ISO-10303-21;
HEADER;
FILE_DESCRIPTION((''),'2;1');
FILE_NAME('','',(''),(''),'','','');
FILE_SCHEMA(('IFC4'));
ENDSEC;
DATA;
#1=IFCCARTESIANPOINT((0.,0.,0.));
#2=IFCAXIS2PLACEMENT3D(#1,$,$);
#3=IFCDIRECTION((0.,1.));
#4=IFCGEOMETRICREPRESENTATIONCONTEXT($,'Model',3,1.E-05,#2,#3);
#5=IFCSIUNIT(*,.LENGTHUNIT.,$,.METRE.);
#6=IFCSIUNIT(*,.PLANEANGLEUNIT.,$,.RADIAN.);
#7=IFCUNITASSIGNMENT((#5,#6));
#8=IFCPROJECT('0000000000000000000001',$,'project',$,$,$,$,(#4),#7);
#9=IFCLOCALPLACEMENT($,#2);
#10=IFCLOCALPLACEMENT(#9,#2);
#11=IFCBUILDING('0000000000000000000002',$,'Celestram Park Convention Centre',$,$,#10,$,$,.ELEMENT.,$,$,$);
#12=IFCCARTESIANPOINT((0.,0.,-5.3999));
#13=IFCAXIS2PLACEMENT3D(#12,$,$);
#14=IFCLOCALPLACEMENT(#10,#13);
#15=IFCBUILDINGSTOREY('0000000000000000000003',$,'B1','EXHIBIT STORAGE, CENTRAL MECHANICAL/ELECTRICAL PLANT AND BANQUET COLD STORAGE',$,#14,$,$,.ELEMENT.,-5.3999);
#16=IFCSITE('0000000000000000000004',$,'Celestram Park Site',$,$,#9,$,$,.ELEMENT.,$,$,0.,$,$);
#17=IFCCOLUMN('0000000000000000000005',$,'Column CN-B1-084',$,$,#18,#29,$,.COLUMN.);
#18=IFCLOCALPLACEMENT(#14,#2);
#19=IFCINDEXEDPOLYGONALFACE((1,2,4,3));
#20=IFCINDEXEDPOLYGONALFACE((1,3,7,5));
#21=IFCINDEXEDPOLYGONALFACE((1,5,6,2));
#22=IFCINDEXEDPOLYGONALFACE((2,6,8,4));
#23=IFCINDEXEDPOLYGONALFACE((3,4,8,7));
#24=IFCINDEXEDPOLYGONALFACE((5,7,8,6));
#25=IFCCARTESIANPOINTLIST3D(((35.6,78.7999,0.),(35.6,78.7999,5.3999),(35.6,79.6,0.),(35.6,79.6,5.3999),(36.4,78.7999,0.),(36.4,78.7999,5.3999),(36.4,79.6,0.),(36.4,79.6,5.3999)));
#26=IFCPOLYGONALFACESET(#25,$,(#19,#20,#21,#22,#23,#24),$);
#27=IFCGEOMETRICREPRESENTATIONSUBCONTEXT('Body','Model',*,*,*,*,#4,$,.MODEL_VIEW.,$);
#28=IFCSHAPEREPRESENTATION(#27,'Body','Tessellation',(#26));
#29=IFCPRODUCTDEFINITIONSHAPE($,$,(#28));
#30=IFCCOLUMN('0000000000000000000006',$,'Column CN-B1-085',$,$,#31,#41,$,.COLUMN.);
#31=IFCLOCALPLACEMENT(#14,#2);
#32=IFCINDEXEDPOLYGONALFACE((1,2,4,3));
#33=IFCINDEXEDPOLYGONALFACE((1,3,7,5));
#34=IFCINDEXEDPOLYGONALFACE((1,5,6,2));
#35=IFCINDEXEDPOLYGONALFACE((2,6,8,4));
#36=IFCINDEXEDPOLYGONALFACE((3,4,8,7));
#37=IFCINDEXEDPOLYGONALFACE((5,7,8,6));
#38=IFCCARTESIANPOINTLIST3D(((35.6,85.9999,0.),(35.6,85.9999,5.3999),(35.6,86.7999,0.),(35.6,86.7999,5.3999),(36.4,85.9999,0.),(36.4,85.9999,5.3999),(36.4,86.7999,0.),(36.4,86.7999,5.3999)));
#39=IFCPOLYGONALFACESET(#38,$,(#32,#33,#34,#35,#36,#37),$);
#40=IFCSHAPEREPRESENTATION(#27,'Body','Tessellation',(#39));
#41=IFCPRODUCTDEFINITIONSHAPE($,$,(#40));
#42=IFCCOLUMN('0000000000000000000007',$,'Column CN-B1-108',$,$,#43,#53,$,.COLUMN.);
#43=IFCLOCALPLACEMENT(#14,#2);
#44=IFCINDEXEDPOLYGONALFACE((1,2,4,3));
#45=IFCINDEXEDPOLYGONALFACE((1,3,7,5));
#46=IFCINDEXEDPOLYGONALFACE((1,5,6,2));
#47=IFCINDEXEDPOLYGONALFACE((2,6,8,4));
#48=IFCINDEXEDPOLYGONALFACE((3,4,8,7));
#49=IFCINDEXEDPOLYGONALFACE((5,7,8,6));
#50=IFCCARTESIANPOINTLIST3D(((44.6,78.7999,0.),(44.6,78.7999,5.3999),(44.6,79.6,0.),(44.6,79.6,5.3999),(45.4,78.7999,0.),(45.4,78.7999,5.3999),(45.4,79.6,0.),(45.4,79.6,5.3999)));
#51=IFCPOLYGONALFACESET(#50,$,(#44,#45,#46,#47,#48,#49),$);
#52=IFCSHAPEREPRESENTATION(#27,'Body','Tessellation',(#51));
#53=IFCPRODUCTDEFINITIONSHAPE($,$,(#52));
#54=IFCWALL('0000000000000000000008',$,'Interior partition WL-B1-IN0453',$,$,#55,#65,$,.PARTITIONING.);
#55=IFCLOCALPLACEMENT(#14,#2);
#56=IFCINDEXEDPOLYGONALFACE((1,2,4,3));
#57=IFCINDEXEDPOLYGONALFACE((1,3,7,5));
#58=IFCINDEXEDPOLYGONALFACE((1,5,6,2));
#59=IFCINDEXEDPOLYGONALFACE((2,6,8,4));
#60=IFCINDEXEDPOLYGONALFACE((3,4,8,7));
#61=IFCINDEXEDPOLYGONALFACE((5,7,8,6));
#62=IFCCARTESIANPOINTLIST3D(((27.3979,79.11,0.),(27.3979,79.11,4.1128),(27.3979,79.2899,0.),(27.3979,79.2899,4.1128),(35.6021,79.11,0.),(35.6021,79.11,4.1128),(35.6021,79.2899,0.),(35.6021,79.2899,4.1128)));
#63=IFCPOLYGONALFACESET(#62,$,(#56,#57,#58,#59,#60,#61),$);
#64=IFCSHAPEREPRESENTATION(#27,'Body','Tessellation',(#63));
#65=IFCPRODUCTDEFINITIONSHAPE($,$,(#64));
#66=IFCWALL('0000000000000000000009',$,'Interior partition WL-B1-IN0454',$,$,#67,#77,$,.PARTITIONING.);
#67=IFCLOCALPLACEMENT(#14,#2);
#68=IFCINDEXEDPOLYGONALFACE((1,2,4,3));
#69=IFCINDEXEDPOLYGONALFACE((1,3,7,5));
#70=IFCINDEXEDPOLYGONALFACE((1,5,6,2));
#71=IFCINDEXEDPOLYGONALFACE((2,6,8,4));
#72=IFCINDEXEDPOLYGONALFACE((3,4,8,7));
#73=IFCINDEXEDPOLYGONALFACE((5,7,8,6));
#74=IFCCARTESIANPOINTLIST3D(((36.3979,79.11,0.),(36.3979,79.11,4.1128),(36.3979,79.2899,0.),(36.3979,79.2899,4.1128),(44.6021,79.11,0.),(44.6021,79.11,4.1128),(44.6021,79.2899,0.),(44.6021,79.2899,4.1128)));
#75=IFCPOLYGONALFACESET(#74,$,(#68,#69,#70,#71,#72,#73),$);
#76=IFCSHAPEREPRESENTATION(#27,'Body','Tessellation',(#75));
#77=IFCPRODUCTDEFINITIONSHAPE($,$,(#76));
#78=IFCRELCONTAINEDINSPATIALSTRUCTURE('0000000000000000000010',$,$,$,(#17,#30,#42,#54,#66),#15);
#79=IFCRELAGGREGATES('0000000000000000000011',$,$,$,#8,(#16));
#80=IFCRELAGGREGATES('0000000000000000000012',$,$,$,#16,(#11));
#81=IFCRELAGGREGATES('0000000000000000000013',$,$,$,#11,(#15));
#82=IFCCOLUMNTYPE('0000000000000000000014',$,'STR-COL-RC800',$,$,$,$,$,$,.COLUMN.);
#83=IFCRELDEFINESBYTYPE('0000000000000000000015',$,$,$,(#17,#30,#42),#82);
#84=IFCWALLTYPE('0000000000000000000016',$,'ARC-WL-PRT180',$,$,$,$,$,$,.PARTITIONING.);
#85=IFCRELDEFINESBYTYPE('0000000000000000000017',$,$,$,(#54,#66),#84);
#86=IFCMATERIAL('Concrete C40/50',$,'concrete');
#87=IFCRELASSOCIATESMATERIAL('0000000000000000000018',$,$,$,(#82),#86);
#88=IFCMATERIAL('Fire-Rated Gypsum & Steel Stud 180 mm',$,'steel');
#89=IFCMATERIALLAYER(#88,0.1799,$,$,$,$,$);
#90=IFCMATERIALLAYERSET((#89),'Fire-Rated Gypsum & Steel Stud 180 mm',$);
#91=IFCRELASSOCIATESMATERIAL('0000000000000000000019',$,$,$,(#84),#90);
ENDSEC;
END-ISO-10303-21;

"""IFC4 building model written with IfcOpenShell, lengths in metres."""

from ifc_helpers import new_model, si_unit, direction, frame, frame_2d, origin, origin_2d, place, context, subcontext, project, spatial, rectangle, extrude, material, layer, layer_set, material_profile, profile_set, type_object, element, save


model = new_model("IFC4")

# Units and contexts
model_context = context("Model", 3, precision=1e-05, world=origin(), true_north=direction((0.0, 1.0)))
body_context = subcontext(model_context, "Body", "Model", "MODEL_VIEW")
ifc_project = project(units=[si_unit("LENGTHUNIT", "METRE"), si_unit("PLANEANGLEUNIT", "RADIAN")], contexts=[model_context])

# Site, building, storey
site_placement = place(None, origin())
site = spatial("IfcSite", under=ifc_project, at=site_placement, Name="Celestram Park Site", CompositionType="ELEMENT", RefElevation=0.0)
building_placement = place(site_placement, origin())
building = spatial("IfcBuilding", under=site, at=building_placement, Name="Celestram Park Convention Centre", CompositionType="ELEMENT")
storey_placement = place(building_placement, frame((0.0, 0.0, -5.3999)))
storey = spatial("IfcBuildingStorey", under=building, at=storey_placement, Name="B1", Description="EXHIBIT STORAGE, CENTRAL MECHANICAL/ELECTRICAL PLANT AND BANQUET COLD STORAGE", CompositionType="ELEMENT", Elevation=-5.3999)

# Shared definitions
ifc_material_1 = material(Name="Concrete C40/50", Category="concrete")

# Columns
ifc_material_profile_1 = material_profile(ifc_material_1, rectangle(XDim=0.8, YDim=0.8, at=origin_2d()), Name="RC800X800")
ifc_profile_set_1 = profile_set([ifc_material_profile_1], Name="Concrete C40/50")
column_type = type_object("IfcColumnType", Name="STR-COL-RC800", PredefinedType="COLUMN", material=ifc_profile_set_1)
for number, where, z_axis, x_axis, name in (
    (1, (36.0, 79.2, 0.0), (0.0, 0.0, 1.0), (1.0, 0.0, 0.0), "Column CN-B1-084"),
    (2, (36.0, 86.3999, 0.0), (0.0, 0.0, 1.0), (1.0, 0.0, 0.0), "Column CN-B1-085"),
    (3, (45.0, 79.2, 0.0), (0.0, 0.0, 1.0), (1.0, 0.0, 0.0), "Column CN-B1-108"),
):
    element("IfcColumn", number, at=place(storey_placement, frame(where, z_axis=z_axis, x_axis=x_axis)), inside=storey, type_object=column_type, Name=name, PredefinedType="COLUMN", context=body_context, shape_type="SweptSolid", body=[
        extrude(rectangle(XDim=0.8, YDim=0.8, at=origin_2d()), origin(), (0.0, 0.0, 1.0), 5.3999),
    ])

# Walls
ifc_material_2 = material(Name="Fire-Rated Gypsum & Steel Stud 180 mm", Category="steel")
ifc_layer = layer(ifc_material_2, 0.1799)
ifc_layer_set = layer_set([ifc_layer], Name="Fire-Rated Gypsum & Steel Stud 180 mm")
wall_type = type_object("IfcWallType", Name="ARC-WL-PRT180", PredefinedType="PARTITIONING", material=ifc_layer_set)
for number, where, z_axis, x_axis, name in (
    (4, (27.3979, 79.2, 0.0), (0.0, 0.0, 1.0), (1.0, 0.0, 0.0), "Interior partition WL-B1-IN0453"),
    (5, (36.3979, 79.2, 0.0), (0.0, 0.0, 1.0), (1.0, 0.0, 0.0), "Interior partition WL-B1-IN0454"),
):
    element("IfcWall", number, at=place(storey_placement, frame(where, z_axis=z_axis, x_axis=x_axis)), inside=storey, type_object=wall_type, Name=name, PredefinedType="PARTITIONING", context=body_context, shape_type="SweptSolid", body=[
        extrude(rectangle(XDim=8.2041, YDim=0.1799, at=frame_2d((4.1021, 0.0))), origin(), (0.0, 0.0, 1.0), 4.1128),
    ])

save(model, "model.ifc")
